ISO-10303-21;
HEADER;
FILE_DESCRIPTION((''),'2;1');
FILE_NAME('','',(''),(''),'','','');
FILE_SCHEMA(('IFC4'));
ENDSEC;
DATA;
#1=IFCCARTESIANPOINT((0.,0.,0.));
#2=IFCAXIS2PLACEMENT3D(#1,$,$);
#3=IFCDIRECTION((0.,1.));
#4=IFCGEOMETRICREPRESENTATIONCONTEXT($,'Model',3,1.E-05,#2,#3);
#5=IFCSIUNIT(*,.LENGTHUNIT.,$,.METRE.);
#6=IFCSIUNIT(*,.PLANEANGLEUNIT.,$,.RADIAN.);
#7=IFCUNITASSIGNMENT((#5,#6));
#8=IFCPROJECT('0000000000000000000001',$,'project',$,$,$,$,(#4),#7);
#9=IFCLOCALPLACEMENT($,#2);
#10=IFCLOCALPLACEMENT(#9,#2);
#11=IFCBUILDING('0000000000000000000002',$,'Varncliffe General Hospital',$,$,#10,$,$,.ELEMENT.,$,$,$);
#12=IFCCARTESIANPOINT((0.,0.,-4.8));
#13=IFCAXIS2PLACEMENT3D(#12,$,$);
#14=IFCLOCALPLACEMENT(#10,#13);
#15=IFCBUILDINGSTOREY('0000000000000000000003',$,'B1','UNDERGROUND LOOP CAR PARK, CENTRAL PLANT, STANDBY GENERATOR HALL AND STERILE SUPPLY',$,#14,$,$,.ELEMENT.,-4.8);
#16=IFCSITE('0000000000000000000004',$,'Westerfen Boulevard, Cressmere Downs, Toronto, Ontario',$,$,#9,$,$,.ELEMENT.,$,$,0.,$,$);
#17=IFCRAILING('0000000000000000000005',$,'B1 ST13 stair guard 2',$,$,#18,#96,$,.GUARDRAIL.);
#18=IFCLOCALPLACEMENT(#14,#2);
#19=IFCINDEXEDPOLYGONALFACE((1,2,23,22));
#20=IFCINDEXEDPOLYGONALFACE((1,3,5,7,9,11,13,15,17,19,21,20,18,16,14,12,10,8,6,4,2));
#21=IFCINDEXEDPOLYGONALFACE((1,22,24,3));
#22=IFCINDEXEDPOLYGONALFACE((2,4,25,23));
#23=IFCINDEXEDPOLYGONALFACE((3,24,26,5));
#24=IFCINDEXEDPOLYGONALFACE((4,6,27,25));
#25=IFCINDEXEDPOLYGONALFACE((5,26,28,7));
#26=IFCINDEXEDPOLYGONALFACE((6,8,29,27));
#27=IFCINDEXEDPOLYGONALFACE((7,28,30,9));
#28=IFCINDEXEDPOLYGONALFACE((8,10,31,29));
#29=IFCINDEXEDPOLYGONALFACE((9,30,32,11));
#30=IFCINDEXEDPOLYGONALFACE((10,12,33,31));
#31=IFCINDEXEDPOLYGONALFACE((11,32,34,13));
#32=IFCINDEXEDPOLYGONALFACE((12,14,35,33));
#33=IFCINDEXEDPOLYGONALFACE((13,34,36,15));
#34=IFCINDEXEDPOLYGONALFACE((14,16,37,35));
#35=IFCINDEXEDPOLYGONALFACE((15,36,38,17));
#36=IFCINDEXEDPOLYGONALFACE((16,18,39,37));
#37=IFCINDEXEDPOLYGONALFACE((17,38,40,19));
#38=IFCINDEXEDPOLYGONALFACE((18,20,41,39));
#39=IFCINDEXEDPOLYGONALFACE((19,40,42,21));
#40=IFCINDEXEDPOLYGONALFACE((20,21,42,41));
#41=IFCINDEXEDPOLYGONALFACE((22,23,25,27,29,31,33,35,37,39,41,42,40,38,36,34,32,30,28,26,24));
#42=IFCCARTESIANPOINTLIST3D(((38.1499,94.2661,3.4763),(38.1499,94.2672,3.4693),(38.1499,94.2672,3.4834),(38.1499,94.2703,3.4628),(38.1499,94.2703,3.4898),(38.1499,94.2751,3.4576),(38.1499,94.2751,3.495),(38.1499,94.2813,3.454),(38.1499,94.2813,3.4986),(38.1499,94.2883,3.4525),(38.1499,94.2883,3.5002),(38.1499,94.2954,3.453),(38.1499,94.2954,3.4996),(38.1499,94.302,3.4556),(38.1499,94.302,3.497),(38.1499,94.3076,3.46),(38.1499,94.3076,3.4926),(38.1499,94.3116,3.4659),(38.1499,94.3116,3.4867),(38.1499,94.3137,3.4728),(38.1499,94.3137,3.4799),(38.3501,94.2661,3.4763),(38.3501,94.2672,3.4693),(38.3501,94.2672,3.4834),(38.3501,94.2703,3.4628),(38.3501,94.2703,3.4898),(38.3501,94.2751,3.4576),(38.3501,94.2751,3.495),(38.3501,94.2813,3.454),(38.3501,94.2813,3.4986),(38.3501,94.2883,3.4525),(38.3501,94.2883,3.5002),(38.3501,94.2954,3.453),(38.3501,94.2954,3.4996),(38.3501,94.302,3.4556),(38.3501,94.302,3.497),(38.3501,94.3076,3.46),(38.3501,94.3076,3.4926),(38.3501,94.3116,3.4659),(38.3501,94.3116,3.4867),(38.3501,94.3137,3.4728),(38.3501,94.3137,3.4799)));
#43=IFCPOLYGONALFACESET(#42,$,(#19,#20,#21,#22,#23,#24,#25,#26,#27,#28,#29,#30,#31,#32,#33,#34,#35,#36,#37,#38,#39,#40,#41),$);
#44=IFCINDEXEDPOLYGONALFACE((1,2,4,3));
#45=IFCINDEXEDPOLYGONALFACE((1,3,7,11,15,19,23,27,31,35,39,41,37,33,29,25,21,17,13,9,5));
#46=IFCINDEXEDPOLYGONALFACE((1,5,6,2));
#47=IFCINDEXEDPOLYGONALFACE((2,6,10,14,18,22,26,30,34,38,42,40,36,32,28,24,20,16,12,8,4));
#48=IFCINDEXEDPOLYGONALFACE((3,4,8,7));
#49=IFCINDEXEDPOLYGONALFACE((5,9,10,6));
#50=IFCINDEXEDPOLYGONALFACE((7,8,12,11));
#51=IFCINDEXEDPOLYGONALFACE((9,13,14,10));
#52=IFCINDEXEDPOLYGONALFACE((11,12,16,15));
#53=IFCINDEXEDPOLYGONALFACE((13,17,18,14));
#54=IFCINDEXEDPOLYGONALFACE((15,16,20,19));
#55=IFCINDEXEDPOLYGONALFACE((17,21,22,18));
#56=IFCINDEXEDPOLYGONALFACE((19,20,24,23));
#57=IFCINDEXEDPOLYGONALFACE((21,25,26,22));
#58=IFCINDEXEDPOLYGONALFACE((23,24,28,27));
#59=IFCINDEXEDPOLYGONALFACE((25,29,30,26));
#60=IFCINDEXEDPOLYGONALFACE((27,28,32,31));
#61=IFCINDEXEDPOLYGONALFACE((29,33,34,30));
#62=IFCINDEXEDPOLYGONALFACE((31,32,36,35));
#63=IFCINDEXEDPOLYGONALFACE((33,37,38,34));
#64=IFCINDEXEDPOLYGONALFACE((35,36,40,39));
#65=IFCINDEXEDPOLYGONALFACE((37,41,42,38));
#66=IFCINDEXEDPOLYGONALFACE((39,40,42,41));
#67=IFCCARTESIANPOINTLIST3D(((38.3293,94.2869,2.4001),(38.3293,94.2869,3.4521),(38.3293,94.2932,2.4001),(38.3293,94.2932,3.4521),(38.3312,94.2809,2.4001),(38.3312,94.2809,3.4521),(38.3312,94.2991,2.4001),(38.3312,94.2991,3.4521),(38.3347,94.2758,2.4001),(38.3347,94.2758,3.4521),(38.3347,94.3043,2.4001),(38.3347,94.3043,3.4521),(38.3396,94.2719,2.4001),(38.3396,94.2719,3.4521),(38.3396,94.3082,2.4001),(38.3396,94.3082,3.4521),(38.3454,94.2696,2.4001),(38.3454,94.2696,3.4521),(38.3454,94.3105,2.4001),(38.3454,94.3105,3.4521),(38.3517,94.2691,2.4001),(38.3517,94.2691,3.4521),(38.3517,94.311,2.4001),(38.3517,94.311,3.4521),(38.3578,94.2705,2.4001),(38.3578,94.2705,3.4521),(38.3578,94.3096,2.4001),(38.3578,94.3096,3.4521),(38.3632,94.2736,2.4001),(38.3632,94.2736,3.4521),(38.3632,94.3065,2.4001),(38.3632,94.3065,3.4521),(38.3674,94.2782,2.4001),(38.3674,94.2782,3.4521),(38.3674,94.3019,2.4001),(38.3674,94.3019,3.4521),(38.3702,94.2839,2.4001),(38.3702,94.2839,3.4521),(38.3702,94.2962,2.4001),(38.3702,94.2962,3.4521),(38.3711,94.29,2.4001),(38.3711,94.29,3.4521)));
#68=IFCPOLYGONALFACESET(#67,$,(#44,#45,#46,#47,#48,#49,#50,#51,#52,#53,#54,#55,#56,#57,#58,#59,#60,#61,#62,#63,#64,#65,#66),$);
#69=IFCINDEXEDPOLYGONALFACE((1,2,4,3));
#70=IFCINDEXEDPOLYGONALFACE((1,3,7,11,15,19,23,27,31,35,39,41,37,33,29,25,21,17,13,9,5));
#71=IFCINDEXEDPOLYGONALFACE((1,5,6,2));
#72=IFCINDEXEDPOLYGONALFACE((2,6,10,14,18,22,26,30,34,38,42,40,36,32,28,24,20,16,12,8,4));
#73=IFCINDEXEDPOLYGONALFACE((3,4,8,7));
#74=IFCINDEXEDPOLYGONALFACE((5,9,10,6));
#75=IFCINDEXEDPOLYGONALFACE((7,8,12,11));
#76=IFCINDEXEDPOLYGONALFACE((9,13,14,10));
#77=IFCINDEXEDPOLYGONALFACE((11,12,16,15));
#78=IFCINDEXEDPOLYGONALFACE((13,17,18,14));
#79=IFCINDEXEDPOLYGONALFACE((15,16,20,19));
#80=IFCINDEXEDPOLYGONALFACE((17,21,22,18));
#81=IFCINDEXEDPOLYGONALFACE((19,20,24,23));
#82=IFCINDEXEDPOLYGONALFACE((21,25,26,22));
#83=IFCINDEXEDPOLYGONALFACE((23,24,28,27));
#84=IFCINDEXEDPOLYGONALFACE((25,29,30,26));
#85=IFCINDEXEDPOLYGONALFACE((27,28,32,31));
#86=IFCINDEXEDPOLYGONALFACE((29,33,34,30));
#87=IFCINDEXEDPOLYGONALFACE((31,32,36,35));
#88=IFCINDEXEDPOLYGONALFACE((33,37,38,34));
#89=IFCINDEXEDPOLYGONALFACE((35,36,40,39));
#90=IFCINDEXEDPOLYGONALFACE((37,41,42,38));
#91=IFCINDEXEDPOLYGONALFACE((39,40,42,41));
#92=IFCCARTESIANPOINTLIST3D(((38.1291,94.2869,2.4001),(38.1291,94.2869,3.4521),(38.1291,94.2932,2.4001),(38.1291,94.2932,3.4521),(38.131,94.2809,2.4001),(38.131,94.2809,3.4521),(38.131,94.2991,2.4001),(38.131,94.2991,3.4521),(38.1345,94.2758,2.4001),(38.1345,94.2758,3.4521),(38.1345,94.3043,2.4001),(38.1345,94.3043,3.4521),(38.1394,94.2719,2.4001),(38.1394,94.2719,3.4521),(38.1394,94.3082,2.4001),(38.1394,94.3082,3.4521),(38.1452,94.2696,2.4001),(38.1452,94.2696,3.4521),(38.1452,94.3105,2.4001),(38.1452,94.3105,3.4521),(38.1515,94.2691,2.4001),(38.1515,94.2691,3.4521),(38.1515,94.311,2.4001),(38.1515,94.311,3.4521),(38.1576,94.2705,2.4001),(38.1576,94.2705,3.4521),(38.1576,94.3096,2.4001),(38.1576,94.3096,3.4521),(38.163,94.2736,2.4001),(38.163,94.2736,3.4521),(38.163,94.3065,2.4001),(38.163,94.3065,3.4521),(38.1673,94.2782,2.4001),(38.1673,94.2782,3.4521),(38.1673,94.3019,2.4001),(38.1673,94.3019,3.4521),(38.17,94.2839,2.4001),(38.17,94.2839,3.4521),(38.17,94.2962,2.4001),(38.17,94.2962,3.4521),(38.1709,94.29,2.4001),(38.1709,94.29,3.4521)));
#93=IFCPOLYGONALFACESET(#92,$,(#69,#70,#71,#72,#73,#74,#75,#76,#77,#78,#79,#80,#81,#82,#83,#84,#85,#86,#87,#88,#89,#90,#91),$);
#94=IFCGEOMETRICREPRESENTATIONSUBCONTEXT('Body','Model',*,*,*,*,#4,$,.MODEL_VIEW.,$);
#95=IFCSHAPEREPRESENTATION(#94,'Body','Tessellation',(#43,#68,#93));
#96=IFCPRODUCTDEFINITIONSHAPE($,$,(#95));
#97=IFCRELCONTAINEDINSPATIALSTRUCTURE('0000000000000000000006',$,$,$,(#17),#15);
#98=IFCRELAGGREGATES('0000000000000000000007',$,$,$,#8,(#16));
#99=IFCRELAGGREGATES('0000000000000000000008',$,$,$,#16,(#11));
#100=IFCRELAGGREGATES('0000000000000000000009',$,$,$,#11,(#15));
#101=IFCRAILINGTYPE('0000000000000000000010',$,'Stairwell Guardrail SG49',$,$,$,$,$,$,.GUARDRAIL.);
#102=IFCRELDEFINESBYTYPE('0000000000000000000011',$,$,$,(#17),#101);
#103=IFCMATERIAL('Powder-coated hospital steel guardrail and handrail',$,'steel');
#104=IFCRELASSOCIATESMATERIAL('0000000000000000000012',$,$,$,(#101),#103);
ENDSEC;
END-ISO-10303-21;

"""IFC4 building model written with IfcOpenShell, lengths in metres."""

from ifc_helpers import new_model, si_unit, direction, frame, origin, origin_2d, place, context, subcontext, project, spatial, circle, extrude, material, type_object, element, save


model = new_model("IFC4")

# Units and contexts
model_context = context("Model", 3, precision=1e-05, world=origin(), true_north=direction((0.0, 1.0)))
body_context = subcontext(model_context, "Body", "Model", "MODEL_VIEW")
ifc_project = project(units=[si_unit("LENGTHUNIT", "METRE"), si_unit("PLANEANGLEUNIT", "RADIAN")], contexts=[model_context])

# Site, building, storey
site_placement = place(None, origin())
site = spatial("IfcSite", under=ifc_project, at=site_placement, Name="Westerfen Boulevard, Cressmere Downs, Toronto, Ontario", CompositionType="ELEMENT", RefElevation=0.0)
building_placement = place(site_placement, origin())
building = spatial("IfcBuilding", under=site, at=building_placement, Name="Varncliffe General Hospital", CompositionType="ELEMENT")
storey_placement = place(building_placement, frame((0.0, 0.0, -4.8)))
storey = spatial("IfcBuildingStorey", under=building, at=storey_placement, Name="B1", Description="UNDERGROUND LOOP CAR PARK, CENTRAL PLANT, STANDBY GENERATOR HALL AND STERILE SUPPLY", CompositionType="ELEMENT", Elevation=-4.8)

# Railing
ifc_material_1 = material(Name="Powder-coated hospital steel guardrail and handrail", Category="steel")
railing_type_1 = type_object("IfcRailingType", Name="Stairwell Guardrail SG49", PredefinedType="GUARDRAIL", material=ifc_material_1)
railing_1_placement = place(storey_placement, frame((38.3501, 94.29, 2.4001)))
element("IfcRailing", 1, at=railing_1_placement, inside=storey, type_object=railing_type_1, Name="B1 ST13 stair guard 2", PredefinedType="GUARDRAIL", context=body_context, shape_type="SweptSolid", body=[
    extrude(circle(Radius=0.0239, at=origin_2d()), frame((0.0, 0.0, 1.0762), z_axis=(-1.0, 0.0, 0.0), x_axis=(0.0, -1.0, 0.0)), (0.0, 0.0, 1.0), 0.2002),
    extrude(circle(Radius=0.021, at=origin_2d()), origin(), (0.0, 0.0, 1.0), 1.052),
    extrude(circle(Radius=0.021, at=origin_2d()), frame((-0.2002, 0.0, 0.0)), (0.0, 0.0, 1.0), 1.052),
])

save(model, "model.ifc")
